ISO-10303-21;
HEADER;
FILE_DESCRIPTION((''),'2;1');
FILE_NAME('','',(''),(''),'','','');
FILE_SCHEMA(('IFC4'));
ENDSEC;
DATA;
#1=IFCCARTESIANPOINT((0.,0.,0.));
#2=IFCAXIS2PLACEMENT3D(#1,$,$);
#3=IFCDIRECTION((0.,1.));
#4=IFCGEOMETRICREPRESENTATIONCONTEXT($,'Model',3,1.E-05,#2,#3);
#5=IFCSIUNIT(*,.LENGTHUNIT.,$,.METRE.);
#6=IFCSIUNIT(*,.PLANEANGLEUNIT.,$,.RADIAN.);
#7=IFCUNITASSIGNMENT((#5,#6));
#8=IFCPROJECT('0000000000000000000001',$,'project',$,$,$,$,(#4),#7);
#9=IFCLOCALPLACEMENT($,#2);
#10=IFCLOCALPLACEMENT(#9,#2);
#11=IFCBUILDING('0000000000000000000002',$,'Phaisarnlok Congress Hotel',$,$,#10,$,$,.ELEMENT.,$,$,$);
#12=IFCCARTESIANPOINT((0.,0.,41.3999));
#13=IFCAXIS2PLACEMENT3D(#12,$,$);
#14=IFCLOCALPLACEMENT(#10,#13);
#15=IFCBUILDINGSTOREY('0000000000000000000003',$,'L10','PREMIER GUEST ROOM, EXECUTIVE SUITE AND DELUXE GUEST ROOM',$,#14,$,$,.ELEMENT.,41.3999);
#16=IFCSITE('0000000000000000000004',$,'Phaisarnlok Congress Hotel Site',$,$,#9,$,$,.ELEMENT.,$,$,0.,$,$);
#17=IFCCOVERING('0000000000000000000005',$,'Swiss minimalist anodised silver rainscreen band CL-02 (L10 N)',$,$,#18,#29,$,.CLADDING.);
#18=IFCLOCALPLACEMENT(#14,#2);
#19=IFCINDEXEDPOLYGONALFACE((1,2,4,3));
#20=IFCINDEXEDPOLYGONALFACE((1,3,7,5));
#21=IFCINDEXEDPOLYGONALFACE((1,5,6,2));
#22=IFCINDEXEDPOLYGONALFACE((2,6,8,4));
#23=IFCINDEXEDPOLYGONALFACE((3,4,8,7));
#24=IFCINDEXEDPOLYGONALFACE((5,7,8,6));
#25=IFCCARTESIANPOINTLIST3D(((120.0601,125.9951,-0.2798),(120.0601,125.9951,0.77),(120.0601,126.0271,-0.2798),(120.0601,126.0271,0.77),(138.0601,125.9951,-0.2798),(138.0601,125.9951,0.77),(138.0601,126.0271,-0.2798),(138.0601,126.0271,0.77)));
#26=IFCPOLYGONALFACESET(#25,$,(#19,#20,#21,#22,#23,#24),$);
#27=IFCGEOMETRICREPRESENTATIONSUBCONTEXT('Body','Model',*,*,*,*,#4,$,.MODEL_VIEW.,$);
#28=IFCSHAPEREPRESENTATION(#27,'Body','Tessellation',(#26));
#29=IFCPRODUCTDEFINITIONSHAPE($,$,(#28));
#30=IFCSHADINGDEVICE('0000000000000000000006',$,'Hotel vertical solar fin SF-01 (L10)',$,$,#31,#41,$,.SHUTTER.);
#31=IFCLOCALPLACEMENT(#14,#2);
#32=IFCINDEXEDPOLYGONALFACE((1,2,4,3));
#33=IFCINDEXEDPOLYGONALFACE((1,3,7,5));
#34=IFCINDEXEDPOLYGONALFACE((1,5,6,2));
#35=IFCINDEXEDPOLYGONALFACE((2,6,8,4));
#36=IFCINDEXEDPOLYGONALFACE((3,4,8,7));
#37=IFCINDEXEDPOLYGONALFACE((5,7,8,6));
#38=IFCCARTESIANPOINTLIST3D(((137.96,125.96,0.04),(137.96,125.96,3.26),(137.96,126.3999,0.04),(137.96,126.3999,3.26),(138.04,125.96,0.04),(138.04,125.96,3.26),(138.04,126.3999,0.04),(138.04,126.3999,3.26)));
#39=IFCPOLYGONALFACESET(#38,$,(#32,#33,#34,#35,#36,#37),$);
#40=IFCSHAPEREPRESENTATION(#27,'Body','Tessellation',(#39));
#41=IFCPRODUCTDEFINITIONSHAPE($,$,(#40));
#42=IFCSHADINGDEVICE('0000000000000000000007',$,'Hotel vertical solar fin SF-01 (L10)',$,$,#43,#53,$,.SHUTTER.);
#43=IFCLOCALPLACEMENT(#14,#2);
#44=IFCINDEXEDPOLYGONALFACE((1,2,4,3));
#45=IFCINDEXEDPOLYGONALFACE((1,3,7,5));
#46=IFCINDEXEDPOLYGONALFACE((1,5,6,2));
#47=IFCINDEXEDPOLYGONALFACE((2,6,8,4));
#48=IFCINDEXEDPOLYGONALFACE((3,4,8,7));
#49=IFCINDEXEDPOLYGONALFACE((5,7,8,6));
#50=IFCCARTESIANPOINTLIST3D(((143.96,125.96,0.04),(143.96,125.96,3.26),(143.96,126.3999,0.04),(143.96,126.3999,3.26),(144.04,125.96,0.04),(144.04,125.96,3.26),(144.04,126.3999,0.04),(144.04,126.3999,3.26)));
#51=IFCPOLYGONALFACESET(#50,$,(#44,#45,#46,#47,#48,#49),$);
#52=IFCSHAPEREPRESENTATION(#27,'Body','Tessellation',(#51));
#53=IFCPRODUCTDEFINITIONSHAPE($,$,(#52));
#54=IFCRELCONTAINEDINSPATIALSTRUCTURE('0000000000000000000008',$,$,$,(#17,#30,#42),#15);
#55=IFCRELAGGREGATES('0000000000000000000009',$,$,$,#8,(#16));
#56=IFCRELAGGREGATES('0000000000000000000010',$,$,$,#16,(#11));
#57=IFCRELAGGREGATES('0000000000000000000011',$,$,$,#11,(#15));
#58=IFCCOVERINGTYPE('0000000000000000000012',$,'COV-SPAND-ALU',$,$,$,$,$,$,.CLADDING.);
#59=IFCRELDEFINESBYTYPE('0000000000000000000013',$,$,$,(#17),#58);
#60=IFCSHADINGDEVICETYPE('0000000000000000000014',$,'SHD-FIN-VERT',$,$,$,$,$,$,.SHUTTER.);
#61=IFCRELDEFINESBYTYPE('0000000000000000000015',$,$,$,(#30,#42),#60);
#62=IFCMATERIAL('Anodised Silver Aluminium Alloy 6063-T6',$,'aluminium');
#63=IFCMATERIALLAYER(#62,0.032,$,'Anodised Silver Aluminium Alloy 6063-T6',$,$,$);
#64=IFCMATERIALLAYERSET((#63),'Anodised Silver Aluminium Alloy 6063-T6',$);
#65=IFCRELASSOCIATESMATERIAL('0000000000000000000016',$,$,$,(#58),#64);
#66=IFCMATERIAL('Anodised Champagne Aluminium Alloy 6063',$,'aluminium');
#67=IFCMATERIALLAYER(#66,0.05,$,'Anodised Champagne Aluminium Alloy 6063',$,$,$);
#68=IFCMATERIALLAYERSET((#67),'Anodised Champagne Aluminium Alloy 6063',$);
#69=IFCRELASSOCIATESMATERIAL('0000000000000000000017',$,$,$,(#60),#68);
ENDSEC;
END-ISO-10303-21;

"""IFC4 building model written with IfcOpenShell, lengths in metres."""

from ifc_helpers import new_model, si_unit, direction, frame, origin, origin_2d, place, context, subcontext, project, spatial, polyline, rectangle, outline, extrude, material, layer, layer_set, type_object, element, save


model = new_model("IFC4")

# Units and contexts
model_context = context("Model", 3, precision=1e-05, world=origin(), true_north=direction((0.0, 1.0)))
body_context = subcontext(model_context, "Body", "Model", "MODEL_VIEW")
ifc_project = project(units=[si_unit("LENGTHUNIT", "METRE"), si_unit("PLANEANGLEUNIT", "RADIAN")], contexts=[model_context])

# Site, building, storey
site_placement = place(None, origin())
site = spatial("IfcSite", under=ifc_project, at=site_placement, Name="Phaisarnlok Congress Hotel Site", CompositionType="ELEMENT", RefElevation=0.0)
building_placement = place(site_placement, origin())
building = spatial("IfcBuilding", under=site, at=building_placement, Name="Phaisarnlok Congress Hotel", CompositionType="ELEMENT")
storey_placement = place(building_placement, frame((0.0, 0.0, 41.3999)))
storey = spatial("IfcBuildingStorey", under=building, at=storey_placement, Name="L10", Description="PREMIER GUEST ROOM, EXECUTIVE SUITE AND DELUXE GUEST ROOM", CompositionType="ELEMENT", Elevation=41.3999)

# Covering
ifc_material_1 = material(Name="Anodised Silver Aluminium Alloy 6063-T6", Category="aluminium")
ifc_layer_1 = layer(ifc_material_1, 0.032, Name="Anodised Silver Aluminium Alloy 6063-T6")
ifc_layer_set_1 = layer_set([ifc_layer_1], Name="Anodised Silver Aluminium Alloy 6063-T6")
covering_type = type_object("IfcCoveringType", Name="COV-SPAND-ALU", PredefinedType="CLADDING", material=ifc_layer_set_1)
covering_placement = place(storey_placement, frame((138.0601, 125.9951, -0.2798), z_axis=(0.0, 1.0, 0.0), x_axis=(-1.0, 0.0, 0.0)))
element("IfcCovering", 1, at=covering_placement, inside=storey, type_object=covering_type, Name="Swiss minimalist anodised silver rainscreen band CL-02 (L10 N)", PredefinedType="CLADDING", context=body_context, shape_type="SweptSolid", body=[
    extrude(outline(polyline([(0.0, 0.0), (18.0, 0.0), (18.0, 1.0498), (0.0, 1.0498), (0.0, 0.0)])), origin(), (0.0, 0.0, 1.0), 0.032),
])

# Shading devices
ifc_material_2 = material(Name="Anodised Champagne Aluminium Alloy 6063", Category="aluminium")
ifc_layer_2 = layer(ifc_material_2, 0.05, Name="Anodised Champagne Aluminium Alloy 6063")
ifc_layer_set_2 = layer_set([ifc_layer_2], Name="Anodised Champagne Aluminium Alloy 6063")
shading_device_type = type_object("IfcShadingDeviceType", Name="SHD-FIN-VERT", PredefinedType="SHUTTER", material=ifc_layer_set_2)
for number, where, z_axis, x_axis, name in (
    (2, (138.0, 126.1799, 0.04), (0.0, 0.0, 1.0), (1.0, 0.0, 0.0), "Hotel vertical solar fin SF-01 (L10)"),
    (3, (144.0, 126.1799, 0.04), (0.0, 0.0, 1.0), (1.0, 0.0, 0.0), "Hotel vertical solar fin SF-01 (L10)"),
):
    element("IfcShadingDevice", number, at=place(storey_placement, frame(where, z_axis=z_axis, x_axis=x_axis)), inside=storey, type_object=shading_device_type, Name=name, PredefinedType="SHUTTER", context=body_context, shape_type="SweptSolid", body=[
        extrude(rectangle(XDim=0.0801, YDim=0.4399, at=origin_2d()), origin(), (0.0, 0.0, 1.0), 3.22),
    ])

save(model, "model.ifc")
